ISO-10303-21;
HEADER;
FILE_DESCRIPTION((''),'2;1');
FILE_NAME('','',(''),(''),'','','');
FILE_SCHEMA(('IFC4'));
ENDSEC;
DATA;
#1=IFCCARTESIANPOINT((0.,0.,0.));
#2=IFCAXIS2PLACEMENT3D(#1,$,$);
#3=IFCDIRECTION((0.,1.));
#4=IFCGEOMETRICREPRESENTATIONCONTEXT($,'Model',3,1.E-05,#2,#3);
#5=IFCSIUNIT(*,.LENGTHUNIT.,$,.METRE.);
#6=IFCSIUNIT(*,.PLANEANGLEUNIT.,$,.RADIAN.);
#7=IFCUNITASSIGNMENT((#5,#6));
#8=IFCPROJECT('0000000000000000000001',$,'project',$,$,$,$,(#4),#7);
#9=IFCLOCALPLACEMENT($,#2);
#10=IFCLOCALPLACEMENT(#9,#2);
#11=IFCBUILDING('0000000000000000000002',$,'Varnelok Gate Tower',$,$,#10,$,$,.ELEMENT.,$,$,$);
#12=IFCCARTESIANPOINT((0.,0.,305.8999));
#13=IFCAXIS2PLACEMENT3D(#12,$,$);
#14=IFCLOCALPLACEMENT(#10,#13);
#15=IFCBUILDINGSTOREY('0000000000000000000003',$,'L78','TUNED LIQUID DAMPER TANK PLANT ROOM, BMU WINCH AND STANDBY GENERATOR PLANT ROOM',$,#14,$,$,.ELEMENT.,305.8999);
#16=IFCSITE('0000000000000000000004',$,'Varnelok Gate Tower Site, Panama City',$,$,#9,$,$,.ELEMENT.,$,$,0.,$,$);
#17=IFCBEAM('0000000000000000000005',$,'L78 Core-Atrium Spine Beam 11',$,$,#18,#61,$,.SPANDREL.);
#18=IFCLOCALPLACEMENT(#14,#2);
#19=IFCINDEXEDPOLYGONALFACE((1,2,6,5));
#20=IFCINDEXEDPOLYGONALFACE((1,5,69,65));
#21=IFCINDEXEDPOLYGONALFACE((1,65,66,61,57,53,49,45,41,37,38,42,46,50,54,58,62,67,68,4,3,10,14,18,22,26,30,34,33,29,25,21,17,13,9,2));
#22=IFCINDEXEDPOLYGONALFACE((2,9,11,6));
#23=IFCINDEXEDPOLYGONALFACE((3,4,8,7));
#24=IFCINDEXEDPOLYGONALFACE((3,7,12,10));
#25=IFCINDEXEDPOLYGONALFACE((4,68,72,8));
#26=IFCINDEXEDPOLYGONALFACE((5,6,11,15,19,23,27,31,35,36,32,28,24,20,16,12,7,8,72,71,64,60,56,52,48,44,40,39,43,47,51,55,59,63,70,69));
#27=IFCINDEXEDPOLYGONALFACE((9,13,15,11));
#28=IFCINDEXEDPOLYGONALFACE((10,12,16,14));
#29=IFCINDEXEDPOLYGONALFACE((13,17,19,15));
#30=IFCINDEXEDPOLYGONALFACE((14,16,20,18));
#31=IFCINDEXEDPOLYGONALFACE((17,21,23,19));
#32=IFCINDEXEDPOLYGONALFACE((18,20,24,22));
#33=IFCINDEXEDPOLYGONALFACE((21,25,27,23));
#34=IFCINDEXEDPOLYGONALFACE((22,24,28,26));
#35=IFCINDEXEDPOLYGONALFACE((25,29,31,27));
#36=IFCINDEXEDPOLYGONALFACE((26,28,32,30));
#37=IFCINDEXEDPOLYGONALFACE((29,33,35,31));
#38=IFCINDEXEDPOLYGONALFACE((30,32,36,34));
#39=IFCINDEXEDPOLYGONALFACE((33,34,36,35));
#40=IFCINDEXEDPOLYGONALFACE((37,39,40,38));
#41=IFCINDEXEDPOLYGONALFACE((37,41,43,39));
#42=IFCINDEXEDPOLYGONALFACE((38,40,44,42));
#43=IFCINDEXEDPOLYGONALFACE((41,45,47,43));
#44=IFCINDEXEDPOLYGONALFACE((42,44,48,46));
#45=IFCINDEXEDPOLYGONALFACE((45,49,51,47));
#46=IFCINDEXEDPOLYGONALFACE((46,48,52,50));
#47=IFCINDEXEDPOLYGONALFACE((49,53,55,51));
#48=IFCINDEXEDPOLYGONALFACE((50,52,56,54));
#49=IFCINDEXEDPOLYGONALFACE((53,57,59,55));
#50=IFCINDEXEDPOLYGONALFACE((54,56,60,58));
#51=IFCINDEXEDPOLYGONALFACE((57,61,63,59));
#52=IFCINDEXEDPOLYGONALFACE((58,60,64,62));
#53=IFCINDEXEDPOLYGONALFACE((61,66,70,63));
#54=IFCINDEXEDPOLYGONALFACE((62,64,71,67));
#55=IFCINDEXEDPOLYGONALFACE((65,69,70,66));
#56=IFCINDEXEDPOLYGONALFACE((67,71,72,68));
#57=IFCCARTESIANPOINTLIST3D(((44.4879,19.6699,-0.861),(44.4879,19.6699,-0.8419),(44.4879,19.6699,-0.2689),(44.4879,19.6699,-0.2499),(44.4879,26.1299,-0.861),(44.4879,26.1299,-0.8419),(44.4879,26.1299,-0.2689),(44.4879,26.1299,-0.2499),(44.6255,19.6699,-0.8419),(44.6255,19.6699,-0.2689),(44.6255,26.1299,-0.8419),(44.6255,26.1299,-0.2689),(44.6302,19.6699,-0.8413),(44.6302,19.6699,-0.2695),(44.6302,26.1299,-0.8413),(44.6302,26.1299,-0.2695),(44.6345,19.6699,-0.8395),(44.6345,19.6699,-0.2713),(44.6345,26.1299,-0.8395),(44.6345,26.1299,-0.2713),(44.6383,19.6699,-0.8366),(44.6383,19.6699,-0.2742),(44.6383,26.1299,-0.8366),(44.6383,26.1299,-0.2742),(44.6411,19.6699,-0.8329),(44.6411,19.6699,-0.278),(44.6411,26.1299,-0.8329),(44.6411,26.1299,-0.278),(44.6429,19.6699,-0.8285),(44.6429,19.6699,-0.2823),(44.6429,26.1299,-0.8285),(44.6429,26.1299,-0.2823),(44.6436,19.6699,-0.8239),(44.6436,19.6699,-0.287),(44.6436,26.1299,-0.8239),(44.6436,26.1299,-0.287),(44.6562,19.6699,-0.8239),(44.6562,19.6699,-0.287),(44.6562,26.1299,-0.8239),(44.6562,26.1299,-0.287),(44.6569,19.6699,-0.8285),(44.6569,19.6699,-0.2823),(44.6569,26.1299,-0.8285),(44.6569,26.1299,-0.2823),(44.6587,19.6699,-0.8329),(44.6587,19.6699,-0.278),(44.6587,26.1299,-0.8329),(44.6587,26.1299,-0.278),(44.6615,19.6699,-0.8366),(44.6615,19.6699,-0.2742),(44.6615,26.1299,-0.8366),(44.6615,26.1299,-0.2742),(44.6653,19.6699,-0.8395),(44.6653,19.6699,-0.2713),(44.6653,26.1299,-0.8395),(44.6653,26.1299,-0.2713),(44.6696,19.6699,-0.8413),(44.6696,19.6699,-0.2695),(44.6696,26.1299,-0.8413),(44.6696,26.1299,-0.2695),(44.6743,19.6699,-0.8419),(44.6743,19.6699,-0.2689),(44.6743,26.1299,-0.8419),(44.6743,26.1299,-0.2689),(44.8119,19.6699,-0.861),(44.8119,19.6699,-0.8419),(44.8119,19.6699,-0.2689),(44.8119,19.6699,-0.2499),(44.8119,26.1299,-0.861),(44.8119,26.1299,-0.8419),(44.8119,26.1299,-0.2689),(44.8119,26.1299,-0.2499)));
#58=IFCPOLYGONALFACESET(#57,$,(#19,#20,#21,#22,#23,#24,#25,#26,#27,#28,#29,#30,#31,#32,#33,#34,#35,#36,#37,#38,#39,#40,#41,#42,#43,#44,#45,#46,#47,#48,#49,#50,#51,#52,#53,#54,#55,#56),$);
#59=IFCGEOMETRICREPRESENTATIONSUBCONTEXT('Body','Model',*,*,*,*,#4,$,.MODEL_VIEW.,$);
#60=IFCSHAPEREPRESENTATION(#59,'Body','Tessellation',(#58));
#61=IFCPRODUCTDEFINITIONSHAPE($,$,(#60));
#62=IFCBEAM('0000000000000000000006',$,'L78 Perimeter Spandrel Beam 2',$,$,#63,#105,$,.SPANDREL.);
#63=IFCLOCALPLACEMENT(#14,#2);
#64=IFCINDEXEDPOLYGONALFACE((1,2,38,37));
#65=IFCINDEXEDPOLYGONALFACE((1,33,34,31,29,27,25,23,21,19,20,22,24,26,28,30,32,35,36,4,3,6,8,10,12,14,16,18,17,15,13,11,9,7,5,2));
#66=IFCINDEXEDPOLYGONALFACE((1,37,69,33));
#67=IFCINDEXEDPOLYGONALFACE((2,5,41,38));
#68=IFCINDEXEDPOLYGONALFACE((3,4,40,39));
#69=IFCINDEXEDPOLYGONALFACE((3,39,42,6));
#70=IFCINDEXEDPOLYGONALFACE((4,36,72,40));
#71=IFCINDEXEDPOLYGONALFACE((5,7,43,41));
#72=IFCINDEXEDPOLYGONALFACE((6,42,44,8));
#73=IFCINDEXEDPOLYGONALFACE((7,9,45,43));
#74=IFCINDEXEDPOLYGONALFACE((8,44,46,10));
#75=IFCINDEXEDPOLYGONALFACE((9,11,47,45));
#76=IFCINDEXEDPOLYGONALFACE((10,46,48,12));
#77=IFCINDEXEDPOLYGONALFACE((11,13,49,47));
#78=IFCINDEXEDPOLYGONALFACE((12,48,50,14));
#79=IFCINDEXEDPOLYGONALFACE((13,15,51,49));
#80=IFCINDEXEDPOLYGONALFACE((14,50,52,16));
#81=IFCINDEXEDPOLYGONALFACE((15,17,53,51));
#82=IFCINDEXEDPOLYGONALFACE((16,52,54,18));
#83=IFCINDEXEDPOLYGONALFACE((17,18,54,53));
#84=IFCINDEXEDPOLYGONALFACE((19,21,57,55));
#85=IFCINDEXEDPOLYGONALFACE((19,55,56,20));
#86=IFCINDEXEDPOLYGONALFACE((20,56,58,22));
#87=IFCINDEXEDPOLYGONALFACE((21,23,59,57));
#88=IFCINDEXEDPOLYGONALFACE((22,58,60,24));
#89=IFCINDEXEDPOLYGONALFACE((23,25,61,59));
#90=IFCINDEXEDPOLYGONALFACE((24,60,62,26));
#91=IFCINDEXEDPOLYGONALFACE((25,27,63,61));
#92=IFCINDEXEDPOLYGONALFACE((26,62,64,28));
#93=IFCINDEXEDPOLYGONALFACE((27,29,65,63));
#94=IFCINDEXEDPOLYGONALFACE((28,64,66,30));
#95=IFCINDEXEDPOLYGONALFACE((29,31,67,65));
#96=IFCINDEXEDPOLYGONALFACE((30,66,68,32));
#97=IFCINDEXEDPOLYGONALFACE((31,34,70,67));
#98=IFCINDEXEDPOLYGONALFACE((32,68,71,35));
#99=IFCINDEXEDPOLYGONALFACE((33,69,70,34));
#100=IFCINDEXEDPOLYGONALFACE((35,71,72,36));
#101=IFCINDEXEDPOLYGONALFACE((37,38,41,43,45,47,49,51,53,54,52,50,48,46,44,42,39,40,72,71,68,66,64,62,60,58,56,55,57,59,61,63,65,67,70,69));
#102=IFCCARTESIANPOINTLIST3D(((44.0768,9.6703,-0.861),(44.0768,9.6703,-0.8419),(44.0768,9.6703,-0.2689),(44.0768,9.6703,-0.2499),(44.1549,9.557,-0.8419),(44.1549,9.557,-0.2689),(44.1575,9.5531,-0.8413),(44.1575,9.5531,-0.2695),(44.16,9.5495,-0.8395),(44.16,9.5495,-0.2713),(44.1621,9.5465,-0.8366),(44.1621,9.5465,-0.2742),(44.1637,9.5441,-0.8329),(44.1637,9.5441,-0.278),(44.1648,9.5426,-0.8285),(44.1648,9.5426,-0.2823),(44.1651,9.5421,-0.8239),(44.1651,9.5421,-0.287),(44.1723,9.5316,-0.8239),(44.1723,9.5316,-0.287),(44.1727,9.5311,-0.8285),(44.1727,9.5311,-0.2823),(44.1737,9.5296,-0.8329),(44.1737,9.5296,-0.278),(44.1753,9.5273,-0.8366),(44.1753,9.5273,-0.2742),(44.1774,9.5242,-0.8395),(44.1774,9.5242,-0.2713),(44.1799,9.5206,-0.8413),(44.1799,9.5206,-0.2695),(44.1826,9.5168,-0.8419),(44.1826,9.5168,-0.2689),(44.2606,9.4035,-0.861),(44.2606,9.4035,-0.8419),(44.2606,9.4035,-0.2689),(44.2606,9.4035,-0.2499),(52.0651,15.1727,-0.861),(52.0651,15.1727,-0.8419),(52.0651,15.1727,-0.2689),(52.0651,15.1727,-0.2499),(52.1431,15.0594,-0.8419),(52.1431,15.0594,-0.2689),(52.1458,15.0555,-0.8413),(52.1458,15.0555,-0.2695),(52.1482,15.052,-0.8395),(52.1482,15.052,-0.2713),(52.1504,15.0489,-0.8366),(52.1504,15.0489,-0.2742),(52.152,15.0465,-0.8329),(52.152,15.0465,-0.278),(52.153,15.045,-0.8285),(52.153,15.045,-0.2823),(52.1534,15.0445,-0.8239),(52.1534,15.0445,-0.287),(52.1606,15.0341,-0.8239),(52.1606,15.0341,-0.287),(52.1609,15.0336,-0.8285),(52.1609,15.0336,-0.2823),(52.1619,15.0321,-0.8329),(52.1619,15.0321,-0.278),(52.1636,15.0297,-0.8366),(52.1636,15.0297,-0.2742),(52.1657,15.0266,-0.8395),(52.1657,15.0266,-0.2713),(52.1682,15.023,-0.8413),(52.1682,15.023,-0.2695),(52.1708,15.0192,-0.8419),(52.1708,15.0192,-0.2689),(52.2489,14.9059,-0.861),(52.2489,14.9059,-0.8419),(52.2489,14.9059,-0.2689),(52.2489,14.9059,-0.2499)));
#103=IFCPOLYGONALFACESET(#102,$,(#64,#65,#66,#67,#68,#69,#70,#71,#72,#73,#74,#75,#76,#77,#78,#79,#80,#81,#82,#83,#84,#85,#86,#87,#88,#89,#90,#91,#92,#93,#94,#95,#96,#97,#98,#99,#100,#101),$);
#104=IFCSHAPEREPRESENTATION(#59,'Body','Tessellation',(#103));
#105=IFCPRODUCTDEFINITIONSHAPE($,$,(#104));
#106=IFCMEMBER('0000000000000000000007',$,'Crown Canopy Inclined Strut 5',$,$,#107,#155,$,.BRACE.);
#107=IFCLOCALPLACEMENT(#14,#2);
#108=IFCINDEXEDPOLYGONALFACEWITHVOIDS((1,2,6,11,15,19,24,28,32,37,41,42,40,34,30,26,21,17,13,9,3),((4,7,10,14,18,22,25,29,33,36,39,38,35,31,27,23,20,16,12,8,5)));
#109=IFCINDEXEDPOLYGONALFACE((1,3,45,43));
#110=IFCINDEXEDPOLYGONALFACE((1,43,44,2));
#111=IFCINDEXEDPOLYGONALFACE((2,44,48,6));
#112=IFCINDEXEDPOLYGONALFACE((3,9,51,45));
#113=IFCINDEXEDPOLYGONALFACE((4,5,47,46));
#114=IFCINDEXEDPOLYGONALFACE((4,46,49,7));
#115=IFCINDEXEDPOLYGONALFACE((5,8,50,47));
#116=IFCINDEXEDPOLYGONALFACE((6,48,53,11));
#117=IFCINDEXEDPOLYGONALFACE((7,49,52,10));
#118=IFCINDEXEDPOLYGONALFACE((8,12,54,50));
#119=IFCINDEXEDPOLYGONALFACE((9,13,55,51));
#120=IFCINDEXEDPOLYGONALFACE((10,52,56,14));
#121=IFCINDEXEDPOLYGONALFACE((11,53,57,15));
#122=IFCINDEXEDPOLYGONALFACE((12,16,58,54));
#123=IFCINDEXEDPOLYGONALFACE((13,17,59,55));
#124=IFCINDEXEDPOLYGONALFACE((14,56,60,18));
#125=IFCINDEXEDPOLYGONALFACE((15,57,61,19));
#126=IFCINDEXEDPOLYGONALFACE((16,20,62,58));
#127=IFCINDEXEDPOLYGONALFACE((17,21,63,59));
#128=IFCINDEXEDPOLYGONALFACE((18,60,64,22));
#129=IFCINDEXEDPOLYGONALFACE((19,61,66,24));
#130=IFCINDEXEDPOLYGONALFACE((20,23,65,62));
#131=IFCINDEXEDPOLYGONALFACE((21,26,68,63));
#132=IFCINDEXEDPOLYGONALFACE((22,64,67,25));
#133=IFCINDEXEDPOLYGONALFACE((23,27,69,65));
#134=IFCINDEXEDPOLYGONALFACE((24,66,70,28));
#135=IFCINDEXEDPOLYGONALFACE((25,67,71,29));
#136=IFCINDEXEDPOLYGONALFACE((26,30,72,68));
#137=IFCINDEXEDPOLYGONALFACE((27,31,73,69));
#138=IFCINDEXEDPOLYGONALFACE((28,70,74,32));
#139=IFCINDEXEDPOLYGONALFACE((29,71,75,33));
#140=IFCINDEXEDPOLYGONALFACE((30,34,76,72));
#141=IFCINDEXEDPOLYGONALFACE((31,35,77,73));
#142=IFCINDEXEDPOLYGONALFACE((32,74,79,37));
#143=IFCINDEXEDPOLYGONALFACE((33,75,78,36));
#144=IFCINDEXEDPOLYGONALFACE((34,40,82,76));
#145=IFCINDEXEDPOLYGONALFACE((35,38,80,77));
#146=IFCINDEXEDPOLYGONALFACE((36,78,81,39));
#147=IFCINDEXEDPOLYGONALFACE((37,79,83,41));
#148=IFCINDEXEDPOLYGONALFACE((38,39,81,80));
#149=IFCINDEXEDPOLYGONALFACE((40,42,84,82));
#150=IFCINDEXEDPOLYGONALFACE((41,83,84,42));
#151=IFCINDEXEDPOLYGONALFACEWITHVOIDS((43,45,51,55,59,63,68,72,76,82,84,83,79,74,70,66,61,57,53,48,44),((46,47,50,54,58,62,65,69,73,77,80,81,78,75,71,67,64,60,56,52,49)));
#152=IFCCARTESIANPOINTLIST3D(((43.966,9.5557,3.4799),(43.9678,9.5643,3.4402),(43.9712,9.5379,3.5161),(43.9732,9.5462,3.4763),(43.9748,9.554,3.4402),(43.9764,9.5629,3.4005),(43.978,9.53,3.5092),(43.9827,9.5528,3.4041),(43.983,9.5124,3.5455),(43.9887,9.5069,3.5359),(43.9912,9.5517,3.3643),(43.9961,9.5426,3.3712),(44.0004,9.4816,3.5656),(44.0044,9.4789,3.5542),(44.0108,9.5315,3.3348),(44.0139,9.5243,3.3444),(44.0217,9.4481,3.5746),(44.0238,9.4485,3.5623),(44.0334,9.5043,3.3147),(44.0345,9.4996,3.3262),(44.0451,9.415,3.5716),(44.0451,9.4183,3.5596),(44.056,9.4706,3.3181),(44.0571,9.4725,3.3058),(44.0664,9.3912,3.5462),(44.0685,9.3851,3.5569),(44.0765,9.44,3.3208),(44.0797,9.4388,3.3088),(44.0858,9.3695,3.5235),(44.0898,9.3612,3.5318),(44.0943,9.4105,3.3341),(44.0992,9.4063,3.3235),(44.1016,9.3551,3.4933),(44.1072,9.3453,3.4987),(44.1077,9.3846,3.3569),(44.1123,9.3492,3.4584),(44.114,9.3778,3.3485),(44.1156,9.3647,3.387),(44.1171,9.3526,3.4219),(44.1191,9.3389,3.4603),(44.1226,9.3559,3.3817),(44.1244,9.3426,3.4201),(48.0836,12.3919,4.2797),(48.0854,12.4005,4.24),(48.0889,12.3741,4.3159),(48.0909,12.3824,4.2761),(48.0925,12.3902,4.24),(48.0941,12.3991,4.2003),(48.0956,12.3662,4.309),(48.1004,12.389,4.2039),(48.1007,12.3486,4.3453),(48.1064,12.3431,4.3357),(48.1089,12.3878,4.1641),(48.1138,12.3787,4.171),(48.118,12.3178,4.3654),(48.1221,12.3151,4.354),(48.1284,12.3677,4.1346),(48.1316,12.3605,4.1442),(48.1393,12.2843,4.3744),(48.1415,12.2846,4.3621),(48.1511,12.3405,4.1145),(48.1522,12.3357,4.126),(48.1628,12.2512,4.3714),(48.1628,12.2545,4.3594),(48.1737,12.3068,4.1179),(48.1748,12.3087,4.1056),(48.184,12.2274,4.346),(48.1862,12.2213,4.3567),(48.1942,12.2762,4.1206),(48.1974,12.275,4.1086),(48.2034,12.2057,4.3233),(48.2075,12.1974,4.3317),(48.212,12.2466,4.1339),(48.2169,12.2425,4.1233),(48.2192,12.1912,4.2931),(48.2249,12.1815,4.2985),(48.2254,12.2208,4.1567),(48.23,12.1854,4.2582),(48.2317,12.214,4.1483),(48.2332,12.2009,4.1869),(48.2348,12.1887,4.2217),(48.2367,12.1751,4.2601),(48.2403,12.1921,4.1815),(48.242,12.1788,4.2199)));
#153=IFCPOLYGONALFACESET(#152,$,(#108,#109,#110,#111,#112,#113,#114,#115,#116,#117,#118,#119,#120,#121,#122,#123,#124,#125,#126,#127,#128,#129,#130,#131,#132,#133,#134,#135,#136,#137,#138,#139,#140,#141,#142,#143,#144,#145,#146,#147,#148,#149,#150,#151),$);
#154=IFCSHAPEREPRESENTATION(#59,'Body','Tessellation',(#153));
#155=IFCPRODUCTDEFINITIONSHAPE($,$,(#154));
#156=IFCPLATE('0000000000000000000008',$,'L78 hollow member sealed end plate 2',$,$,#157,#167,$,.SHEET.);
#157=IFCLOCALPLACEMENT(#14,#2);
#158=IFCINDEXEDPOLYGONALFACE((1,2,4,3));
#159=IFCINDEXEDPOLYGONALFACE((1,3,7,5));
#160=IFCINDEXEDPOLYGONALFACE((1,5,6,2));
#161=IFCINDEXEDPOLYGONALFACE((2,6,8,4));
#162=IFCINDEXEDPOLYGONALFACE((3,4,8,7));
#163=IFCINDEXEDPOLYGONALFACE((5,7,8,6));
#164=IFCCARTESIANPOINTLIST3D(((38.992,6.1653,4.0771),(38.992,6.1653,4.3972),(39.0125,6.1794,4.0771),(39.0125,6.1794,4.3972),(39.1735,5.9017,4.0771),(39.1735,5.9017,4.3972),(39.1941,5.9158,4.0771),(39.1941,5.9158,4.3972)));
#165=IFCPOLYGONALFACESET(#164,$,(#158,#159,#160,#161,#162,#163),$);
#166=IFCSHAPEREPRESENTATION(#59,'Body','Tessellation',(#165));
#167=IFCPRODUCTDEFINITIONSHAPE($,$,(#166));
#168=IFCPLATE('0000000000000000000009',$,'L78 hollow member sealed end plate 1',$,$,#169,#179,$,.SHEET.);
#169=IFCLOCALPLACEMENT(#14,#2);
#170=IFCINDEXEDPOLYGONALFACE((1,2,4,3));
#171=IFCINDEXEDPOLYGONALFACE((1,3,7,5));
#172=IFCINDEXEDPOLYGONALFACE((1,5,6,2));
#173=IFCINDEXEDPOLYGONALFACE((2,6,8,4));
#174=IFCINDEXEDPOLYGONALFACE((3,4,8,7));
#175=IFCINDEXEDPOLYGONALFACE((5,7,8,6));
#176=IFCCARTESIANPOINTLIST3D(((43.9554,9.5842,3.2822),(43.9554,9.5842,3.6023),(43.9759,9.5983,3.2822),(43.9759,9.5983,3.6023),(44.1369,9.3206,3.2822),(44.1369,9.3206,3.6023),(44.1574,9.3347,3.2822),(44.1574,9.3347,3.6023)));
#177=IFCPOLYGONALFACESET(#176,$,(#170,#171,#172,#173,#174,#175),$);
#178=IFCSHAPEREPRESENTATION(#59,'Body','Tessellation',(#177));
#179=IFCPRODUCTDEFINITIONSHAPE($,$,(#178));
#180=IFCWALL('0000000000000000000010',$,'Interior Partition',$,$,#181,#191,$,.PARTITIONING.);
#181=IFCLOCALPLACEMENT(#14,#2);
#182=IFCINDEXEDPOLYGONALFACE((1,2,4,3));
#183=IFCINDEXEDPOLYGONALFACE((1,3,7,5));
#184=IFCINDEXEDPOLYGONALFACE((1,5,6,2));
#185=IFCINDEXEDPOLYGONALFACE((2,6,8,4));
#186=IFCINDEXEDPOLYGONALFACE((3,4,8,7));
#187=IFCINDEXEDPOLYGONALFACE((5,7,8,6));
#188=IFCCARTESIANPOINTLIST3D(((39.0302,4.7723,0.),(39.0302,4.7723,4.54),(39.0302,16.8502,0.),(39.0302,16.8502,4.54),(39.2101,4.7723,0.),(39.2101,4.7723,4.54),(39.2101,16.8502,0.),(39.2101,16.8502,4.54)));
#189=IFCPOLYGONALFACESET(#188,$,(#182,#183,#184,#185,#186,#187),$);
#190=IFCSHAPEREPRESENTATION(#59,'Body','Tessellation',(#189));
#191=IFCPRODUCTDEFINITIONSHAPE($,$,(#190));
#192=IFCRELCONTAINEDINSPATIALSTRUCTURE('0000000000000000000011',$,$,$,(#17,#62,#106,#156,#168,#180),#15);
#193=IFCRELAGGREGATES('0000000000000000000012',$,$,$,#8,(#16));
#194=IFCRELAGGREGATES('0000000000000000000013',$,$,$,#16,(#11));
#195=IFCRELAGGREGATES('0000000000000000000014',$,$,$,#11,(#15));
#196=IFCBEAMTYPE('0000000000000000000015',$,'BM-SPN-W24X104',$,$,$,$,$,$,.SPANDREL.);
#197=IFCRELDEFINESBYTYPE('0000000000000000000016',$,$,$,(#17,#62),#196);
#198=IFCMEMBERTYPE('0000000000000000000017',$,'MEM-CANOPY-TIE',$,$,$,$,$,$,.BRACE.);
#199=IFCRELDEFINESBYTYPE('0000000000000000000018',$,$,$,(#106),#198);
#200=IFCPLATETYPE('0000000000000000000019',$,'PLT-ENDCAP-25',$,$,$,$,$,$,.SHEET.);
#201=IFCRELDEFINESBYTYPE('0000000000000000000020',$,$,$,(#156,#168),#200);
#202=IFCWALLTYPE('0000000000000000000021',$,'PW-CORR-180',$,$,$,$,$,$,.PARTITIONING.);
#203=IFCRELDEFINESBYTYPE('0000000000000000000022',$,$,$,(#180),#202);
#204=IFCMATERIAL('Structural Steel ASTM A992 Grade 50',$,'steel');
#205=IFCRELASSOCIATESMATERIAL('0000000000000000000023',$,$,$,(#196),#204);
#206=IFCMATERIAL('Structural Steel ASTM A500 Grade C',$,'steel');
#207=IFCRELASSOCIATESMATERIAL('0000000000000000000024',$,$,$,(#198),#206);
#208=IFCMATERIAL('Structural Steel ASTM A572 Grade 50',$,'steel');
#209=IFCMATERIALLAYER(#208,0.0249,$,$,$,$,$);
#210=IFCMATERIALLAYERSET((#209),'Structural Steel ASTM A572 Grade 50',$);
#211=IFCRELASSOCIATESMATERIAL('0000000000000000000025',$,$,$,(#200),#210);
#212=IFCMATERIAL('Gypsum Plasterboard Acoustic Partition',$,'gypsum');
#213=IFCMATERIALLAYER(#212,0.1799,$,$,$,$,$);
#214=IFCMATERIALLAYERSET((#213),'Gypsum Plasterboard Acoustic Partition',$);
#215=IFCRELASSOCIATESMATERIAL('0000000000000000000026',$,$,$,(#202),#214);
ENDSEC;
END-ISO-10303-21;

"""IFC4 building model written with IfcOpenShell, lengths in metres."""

from ifc_helpers import new_model, si_unit, direction, frame, frame_2d, origin, origin_2d, place, context, subcontext, project, spatial, rectangle, hollow_circle, i_section, extrude, source, transform, mapped, material, layer, layer_set, material_profile, profile_set, type_object, element, save


model = new_model("IFC4")

# Units and contexts
model_context = context("Model", 3, precision=1e-05, world=origin(), true_north=direction((0.0, 1.0)))
body_context = subcontext(model_context, "Body", "Model", "MODEL_VIEW")
ifc_project = project(units=[si_unit("LENGTHUNIT", "METRE"), si_unit("PLANEANGLEUNIT", "RADIAN")], contexts=[model_context])

# Site, building, storey
site_placement = place(None, origin())
site = spatial("IfcSite", under=ifc_project, at=site_placement, Name="Varnelok Gate Tower Site, Panama City", CompositionType="ELEMENT", RefElevation=0.0)
building_placement = place(site_placement, origin())
building = spatial("IfcBuilding", under=site, at=building_placement, Name="Varnelok Gate Tower", CompositionType="ELEMENT")
storey_placement = place(building_placement, frame((0.0, 0.0, 305.8999)))
storey = spatial("IfcBuildingStorey", under=building, at=storey_placement, Name="L78", Description="TUNED LIQUID DAMPER TANK PLANT ROOM, BMU WINCH AND STANDBY GENERATOR PLANT ROOM", CompositionType="ELEMENT", Elevation=305.8999)

# Shared definitions
ifc_material_1 = material(Name="Structural Steel ASTM A992 Grade 50", Category="steel")

# Beams
ifc_material_profile_1 = material_profile(ifc_material_1, i_section(OverallWidth=0.324, OverallDepth=0.6111, WebThickness=0.0127, FlangeThickness=0.019, FilletRadius=0.0181, at=origin_2d()), Name="W24X104")
ifc_profile_set_1 = profile_set([ifc_material_profile_1], Name="Structural Steel ASTM A992 Grade 50")
beam_type_1 = type_object("IfcBeamType", Name="BM-SPN-W24X104", PredefinedType="SPANDREL", material=ifc_profile_set_1)
beam_1_placement = place(storey_placement, frame((44.6499, 19.6699, -0.5554), z_axis=(0.0, 1.0, 0.0), x_axis=(-1.0, 0.0, 0.0)))
element("IfcBeam", 1, at=beam_1_placement, inside=storey, type_object=beam_type_1, Name="L78 Core-Atrium Spine Beam 11", PredefinedType="SPANDREL", context=body_context, shape_type="SweptSolid", body=[
    extrude(i_section(OverallWidth=0.324, OverallDepth=0.6111, WebThickness=0.0127, FlangeThickness=0.019, FilletRadius=0.0181, at=origin_2d()), origin(), (0.0, 0.0, 1.0), 6.46),
])
beam_2_placement = place(storey_placement, frame((44.1687, 9.5369, -0.5554), z_axis=(0.823536, 0.567264, 0.0), x_axis=(-0.567264, 0.823536, 0.0)))
element("IfcBeam", 2, at=beam_2_placement, inside=storey, type_object=beam_type_1, Name="L78 Perimeter Spandrel Beam 2", PredefinedType="SPANDREL", context=body_context, shape_type="SweptSolid", body=[
    extrude(i_section(OverallWidth=0.324, OverallDepth=0.6111, WebThickness=0.0127, FlangeThickness=0.019, FilletRadius=0.0181, at=origin_2d()), origin(), (0.0, 0.0, 1.0), 9.7),
])

# Member
ifc_material_2 = material(Name="Structural Steel ASTM A500 Grade C", Category="steel")
ifc_material_profile_2 = material_profile(ifc_material_2, hollow_circle(Radius=0.1365, WallThickness=0.0125, at=origin_2d()), Name="CHS273X12")
ifc_profile_set_2 = profile_set([ifc_material_profile_2], Name="Structural Steel ASTM A500 Grade C")
member_type = type_object("IfcMemberType", Name="MEM-CANOPY-TIE", PredefinedType="BRACE", material=ifc_profile_set_2)
member_placement = place(storey_placement, frame((44.0452, 9.4519, 3.4402), z_axis=(0.81321, 0.560125, 0.157955), x_axis=(-0.567246, 0.823549, 0.0)))
element("IfcMember", 3, at=member_placement, inside=storey, type_object=member_type, Name="Crown Canopy Inclined Strut 5", PredefinedType="BRACE", context=body_context, shape_type="SweptSolid", body=[
    extrude(hollow_circle(Radius=0.1365, WallThickness=0.0125, at=origin_2d()), origin(), (0.0, 0.0, 1.0), 5.0635),
])

# Plates
ifc_material_3 = material(Name="Structural Steel ASTM A572 Grade 50", Category="steel")
ifc_layer_1 = layer(ifc_material_3, 0.0249)
ifc_layer_set_1 = layer_set([ifc_layer_1], Name="Structural Steel ASTM A572 Grade 50")
plate_type = type_object("IfcPlateType", Name="PLT-ENDCAP-25", PredefinedType="SHEET", material=ifc_layer_set_1)
shared_shape_1 = source(origin(), body_context, "Body", "SweptSolid", [
    extrude(rectangle(XDim=0.0249, YDim=0.3201, at=origin_2d()), origin(), (0.0, 0.0, 1.0), 0.3201),
])
for number, where, z_axis, x_axis, name in (
    (4, (39.093, 6.0405, 4.0771), (0.0, 0.0, 1.0), (0.823542, 0.567255, 0.0), "L78 hollow member sealed end plate 2"),
    (5, (44.0564, 9.4595, 3.2822), (0.0, 0.0, 1.0), (0.823523, 0.567283, 0.0), "L78 hollow member sealed end plate 1"),
):
    element("IfcPlate", number, at=place(storey_placement, frame(where, z_axis=z_axis, x_axis=x_axis)), inside=storey, type_object=plate_type, Name=name, PredefinedType="SHEET", context=body_context, shape_type="MappedRepresentation", body=[
        mapped(shared_shape_1, transform((0.0, 0.0, 0.0), scale=1.0)),
    ])

# Wall
ifc_material_4 = material(Name="Gypsum Plasterboard Acoustic Partition", Category="gypsum")
ifc_layer_2 = layer(ifc_material_4, 0.1799)
ifc_layer_set_2 = layer_set([ifc_layer_2], Name="Gypsum Plasterboard Acoustic Partition")
wall_type_1 = type_object("IfcWallType", Name="PW-CORR-180", PredefinedType="PARTITIONING", material=ifc_layer_set_2)
wall_1_placement = place(storey_placement, frame((39.1201, 4.7722, 0.0), z_axis=(0.0, 0.0, 1.0), x_axis=(0.0, 1.0, 0.0)))
element("IfcWall", 6, at=wall_1_placement, inside=storey, type_object=wall_type_1, Name="Interior Partition", PredefinedType="PARTITIONING", context=body_context, shape_type="SweptSolid", body=[
    extrude(rectangle(XDim=12.0779, YDim=0.1799, at=frame_2d((6.0391, 0.0))), origin(), (0.0, 0.0, 1.0), 4.54),
])

save(model, "model.ifc")
